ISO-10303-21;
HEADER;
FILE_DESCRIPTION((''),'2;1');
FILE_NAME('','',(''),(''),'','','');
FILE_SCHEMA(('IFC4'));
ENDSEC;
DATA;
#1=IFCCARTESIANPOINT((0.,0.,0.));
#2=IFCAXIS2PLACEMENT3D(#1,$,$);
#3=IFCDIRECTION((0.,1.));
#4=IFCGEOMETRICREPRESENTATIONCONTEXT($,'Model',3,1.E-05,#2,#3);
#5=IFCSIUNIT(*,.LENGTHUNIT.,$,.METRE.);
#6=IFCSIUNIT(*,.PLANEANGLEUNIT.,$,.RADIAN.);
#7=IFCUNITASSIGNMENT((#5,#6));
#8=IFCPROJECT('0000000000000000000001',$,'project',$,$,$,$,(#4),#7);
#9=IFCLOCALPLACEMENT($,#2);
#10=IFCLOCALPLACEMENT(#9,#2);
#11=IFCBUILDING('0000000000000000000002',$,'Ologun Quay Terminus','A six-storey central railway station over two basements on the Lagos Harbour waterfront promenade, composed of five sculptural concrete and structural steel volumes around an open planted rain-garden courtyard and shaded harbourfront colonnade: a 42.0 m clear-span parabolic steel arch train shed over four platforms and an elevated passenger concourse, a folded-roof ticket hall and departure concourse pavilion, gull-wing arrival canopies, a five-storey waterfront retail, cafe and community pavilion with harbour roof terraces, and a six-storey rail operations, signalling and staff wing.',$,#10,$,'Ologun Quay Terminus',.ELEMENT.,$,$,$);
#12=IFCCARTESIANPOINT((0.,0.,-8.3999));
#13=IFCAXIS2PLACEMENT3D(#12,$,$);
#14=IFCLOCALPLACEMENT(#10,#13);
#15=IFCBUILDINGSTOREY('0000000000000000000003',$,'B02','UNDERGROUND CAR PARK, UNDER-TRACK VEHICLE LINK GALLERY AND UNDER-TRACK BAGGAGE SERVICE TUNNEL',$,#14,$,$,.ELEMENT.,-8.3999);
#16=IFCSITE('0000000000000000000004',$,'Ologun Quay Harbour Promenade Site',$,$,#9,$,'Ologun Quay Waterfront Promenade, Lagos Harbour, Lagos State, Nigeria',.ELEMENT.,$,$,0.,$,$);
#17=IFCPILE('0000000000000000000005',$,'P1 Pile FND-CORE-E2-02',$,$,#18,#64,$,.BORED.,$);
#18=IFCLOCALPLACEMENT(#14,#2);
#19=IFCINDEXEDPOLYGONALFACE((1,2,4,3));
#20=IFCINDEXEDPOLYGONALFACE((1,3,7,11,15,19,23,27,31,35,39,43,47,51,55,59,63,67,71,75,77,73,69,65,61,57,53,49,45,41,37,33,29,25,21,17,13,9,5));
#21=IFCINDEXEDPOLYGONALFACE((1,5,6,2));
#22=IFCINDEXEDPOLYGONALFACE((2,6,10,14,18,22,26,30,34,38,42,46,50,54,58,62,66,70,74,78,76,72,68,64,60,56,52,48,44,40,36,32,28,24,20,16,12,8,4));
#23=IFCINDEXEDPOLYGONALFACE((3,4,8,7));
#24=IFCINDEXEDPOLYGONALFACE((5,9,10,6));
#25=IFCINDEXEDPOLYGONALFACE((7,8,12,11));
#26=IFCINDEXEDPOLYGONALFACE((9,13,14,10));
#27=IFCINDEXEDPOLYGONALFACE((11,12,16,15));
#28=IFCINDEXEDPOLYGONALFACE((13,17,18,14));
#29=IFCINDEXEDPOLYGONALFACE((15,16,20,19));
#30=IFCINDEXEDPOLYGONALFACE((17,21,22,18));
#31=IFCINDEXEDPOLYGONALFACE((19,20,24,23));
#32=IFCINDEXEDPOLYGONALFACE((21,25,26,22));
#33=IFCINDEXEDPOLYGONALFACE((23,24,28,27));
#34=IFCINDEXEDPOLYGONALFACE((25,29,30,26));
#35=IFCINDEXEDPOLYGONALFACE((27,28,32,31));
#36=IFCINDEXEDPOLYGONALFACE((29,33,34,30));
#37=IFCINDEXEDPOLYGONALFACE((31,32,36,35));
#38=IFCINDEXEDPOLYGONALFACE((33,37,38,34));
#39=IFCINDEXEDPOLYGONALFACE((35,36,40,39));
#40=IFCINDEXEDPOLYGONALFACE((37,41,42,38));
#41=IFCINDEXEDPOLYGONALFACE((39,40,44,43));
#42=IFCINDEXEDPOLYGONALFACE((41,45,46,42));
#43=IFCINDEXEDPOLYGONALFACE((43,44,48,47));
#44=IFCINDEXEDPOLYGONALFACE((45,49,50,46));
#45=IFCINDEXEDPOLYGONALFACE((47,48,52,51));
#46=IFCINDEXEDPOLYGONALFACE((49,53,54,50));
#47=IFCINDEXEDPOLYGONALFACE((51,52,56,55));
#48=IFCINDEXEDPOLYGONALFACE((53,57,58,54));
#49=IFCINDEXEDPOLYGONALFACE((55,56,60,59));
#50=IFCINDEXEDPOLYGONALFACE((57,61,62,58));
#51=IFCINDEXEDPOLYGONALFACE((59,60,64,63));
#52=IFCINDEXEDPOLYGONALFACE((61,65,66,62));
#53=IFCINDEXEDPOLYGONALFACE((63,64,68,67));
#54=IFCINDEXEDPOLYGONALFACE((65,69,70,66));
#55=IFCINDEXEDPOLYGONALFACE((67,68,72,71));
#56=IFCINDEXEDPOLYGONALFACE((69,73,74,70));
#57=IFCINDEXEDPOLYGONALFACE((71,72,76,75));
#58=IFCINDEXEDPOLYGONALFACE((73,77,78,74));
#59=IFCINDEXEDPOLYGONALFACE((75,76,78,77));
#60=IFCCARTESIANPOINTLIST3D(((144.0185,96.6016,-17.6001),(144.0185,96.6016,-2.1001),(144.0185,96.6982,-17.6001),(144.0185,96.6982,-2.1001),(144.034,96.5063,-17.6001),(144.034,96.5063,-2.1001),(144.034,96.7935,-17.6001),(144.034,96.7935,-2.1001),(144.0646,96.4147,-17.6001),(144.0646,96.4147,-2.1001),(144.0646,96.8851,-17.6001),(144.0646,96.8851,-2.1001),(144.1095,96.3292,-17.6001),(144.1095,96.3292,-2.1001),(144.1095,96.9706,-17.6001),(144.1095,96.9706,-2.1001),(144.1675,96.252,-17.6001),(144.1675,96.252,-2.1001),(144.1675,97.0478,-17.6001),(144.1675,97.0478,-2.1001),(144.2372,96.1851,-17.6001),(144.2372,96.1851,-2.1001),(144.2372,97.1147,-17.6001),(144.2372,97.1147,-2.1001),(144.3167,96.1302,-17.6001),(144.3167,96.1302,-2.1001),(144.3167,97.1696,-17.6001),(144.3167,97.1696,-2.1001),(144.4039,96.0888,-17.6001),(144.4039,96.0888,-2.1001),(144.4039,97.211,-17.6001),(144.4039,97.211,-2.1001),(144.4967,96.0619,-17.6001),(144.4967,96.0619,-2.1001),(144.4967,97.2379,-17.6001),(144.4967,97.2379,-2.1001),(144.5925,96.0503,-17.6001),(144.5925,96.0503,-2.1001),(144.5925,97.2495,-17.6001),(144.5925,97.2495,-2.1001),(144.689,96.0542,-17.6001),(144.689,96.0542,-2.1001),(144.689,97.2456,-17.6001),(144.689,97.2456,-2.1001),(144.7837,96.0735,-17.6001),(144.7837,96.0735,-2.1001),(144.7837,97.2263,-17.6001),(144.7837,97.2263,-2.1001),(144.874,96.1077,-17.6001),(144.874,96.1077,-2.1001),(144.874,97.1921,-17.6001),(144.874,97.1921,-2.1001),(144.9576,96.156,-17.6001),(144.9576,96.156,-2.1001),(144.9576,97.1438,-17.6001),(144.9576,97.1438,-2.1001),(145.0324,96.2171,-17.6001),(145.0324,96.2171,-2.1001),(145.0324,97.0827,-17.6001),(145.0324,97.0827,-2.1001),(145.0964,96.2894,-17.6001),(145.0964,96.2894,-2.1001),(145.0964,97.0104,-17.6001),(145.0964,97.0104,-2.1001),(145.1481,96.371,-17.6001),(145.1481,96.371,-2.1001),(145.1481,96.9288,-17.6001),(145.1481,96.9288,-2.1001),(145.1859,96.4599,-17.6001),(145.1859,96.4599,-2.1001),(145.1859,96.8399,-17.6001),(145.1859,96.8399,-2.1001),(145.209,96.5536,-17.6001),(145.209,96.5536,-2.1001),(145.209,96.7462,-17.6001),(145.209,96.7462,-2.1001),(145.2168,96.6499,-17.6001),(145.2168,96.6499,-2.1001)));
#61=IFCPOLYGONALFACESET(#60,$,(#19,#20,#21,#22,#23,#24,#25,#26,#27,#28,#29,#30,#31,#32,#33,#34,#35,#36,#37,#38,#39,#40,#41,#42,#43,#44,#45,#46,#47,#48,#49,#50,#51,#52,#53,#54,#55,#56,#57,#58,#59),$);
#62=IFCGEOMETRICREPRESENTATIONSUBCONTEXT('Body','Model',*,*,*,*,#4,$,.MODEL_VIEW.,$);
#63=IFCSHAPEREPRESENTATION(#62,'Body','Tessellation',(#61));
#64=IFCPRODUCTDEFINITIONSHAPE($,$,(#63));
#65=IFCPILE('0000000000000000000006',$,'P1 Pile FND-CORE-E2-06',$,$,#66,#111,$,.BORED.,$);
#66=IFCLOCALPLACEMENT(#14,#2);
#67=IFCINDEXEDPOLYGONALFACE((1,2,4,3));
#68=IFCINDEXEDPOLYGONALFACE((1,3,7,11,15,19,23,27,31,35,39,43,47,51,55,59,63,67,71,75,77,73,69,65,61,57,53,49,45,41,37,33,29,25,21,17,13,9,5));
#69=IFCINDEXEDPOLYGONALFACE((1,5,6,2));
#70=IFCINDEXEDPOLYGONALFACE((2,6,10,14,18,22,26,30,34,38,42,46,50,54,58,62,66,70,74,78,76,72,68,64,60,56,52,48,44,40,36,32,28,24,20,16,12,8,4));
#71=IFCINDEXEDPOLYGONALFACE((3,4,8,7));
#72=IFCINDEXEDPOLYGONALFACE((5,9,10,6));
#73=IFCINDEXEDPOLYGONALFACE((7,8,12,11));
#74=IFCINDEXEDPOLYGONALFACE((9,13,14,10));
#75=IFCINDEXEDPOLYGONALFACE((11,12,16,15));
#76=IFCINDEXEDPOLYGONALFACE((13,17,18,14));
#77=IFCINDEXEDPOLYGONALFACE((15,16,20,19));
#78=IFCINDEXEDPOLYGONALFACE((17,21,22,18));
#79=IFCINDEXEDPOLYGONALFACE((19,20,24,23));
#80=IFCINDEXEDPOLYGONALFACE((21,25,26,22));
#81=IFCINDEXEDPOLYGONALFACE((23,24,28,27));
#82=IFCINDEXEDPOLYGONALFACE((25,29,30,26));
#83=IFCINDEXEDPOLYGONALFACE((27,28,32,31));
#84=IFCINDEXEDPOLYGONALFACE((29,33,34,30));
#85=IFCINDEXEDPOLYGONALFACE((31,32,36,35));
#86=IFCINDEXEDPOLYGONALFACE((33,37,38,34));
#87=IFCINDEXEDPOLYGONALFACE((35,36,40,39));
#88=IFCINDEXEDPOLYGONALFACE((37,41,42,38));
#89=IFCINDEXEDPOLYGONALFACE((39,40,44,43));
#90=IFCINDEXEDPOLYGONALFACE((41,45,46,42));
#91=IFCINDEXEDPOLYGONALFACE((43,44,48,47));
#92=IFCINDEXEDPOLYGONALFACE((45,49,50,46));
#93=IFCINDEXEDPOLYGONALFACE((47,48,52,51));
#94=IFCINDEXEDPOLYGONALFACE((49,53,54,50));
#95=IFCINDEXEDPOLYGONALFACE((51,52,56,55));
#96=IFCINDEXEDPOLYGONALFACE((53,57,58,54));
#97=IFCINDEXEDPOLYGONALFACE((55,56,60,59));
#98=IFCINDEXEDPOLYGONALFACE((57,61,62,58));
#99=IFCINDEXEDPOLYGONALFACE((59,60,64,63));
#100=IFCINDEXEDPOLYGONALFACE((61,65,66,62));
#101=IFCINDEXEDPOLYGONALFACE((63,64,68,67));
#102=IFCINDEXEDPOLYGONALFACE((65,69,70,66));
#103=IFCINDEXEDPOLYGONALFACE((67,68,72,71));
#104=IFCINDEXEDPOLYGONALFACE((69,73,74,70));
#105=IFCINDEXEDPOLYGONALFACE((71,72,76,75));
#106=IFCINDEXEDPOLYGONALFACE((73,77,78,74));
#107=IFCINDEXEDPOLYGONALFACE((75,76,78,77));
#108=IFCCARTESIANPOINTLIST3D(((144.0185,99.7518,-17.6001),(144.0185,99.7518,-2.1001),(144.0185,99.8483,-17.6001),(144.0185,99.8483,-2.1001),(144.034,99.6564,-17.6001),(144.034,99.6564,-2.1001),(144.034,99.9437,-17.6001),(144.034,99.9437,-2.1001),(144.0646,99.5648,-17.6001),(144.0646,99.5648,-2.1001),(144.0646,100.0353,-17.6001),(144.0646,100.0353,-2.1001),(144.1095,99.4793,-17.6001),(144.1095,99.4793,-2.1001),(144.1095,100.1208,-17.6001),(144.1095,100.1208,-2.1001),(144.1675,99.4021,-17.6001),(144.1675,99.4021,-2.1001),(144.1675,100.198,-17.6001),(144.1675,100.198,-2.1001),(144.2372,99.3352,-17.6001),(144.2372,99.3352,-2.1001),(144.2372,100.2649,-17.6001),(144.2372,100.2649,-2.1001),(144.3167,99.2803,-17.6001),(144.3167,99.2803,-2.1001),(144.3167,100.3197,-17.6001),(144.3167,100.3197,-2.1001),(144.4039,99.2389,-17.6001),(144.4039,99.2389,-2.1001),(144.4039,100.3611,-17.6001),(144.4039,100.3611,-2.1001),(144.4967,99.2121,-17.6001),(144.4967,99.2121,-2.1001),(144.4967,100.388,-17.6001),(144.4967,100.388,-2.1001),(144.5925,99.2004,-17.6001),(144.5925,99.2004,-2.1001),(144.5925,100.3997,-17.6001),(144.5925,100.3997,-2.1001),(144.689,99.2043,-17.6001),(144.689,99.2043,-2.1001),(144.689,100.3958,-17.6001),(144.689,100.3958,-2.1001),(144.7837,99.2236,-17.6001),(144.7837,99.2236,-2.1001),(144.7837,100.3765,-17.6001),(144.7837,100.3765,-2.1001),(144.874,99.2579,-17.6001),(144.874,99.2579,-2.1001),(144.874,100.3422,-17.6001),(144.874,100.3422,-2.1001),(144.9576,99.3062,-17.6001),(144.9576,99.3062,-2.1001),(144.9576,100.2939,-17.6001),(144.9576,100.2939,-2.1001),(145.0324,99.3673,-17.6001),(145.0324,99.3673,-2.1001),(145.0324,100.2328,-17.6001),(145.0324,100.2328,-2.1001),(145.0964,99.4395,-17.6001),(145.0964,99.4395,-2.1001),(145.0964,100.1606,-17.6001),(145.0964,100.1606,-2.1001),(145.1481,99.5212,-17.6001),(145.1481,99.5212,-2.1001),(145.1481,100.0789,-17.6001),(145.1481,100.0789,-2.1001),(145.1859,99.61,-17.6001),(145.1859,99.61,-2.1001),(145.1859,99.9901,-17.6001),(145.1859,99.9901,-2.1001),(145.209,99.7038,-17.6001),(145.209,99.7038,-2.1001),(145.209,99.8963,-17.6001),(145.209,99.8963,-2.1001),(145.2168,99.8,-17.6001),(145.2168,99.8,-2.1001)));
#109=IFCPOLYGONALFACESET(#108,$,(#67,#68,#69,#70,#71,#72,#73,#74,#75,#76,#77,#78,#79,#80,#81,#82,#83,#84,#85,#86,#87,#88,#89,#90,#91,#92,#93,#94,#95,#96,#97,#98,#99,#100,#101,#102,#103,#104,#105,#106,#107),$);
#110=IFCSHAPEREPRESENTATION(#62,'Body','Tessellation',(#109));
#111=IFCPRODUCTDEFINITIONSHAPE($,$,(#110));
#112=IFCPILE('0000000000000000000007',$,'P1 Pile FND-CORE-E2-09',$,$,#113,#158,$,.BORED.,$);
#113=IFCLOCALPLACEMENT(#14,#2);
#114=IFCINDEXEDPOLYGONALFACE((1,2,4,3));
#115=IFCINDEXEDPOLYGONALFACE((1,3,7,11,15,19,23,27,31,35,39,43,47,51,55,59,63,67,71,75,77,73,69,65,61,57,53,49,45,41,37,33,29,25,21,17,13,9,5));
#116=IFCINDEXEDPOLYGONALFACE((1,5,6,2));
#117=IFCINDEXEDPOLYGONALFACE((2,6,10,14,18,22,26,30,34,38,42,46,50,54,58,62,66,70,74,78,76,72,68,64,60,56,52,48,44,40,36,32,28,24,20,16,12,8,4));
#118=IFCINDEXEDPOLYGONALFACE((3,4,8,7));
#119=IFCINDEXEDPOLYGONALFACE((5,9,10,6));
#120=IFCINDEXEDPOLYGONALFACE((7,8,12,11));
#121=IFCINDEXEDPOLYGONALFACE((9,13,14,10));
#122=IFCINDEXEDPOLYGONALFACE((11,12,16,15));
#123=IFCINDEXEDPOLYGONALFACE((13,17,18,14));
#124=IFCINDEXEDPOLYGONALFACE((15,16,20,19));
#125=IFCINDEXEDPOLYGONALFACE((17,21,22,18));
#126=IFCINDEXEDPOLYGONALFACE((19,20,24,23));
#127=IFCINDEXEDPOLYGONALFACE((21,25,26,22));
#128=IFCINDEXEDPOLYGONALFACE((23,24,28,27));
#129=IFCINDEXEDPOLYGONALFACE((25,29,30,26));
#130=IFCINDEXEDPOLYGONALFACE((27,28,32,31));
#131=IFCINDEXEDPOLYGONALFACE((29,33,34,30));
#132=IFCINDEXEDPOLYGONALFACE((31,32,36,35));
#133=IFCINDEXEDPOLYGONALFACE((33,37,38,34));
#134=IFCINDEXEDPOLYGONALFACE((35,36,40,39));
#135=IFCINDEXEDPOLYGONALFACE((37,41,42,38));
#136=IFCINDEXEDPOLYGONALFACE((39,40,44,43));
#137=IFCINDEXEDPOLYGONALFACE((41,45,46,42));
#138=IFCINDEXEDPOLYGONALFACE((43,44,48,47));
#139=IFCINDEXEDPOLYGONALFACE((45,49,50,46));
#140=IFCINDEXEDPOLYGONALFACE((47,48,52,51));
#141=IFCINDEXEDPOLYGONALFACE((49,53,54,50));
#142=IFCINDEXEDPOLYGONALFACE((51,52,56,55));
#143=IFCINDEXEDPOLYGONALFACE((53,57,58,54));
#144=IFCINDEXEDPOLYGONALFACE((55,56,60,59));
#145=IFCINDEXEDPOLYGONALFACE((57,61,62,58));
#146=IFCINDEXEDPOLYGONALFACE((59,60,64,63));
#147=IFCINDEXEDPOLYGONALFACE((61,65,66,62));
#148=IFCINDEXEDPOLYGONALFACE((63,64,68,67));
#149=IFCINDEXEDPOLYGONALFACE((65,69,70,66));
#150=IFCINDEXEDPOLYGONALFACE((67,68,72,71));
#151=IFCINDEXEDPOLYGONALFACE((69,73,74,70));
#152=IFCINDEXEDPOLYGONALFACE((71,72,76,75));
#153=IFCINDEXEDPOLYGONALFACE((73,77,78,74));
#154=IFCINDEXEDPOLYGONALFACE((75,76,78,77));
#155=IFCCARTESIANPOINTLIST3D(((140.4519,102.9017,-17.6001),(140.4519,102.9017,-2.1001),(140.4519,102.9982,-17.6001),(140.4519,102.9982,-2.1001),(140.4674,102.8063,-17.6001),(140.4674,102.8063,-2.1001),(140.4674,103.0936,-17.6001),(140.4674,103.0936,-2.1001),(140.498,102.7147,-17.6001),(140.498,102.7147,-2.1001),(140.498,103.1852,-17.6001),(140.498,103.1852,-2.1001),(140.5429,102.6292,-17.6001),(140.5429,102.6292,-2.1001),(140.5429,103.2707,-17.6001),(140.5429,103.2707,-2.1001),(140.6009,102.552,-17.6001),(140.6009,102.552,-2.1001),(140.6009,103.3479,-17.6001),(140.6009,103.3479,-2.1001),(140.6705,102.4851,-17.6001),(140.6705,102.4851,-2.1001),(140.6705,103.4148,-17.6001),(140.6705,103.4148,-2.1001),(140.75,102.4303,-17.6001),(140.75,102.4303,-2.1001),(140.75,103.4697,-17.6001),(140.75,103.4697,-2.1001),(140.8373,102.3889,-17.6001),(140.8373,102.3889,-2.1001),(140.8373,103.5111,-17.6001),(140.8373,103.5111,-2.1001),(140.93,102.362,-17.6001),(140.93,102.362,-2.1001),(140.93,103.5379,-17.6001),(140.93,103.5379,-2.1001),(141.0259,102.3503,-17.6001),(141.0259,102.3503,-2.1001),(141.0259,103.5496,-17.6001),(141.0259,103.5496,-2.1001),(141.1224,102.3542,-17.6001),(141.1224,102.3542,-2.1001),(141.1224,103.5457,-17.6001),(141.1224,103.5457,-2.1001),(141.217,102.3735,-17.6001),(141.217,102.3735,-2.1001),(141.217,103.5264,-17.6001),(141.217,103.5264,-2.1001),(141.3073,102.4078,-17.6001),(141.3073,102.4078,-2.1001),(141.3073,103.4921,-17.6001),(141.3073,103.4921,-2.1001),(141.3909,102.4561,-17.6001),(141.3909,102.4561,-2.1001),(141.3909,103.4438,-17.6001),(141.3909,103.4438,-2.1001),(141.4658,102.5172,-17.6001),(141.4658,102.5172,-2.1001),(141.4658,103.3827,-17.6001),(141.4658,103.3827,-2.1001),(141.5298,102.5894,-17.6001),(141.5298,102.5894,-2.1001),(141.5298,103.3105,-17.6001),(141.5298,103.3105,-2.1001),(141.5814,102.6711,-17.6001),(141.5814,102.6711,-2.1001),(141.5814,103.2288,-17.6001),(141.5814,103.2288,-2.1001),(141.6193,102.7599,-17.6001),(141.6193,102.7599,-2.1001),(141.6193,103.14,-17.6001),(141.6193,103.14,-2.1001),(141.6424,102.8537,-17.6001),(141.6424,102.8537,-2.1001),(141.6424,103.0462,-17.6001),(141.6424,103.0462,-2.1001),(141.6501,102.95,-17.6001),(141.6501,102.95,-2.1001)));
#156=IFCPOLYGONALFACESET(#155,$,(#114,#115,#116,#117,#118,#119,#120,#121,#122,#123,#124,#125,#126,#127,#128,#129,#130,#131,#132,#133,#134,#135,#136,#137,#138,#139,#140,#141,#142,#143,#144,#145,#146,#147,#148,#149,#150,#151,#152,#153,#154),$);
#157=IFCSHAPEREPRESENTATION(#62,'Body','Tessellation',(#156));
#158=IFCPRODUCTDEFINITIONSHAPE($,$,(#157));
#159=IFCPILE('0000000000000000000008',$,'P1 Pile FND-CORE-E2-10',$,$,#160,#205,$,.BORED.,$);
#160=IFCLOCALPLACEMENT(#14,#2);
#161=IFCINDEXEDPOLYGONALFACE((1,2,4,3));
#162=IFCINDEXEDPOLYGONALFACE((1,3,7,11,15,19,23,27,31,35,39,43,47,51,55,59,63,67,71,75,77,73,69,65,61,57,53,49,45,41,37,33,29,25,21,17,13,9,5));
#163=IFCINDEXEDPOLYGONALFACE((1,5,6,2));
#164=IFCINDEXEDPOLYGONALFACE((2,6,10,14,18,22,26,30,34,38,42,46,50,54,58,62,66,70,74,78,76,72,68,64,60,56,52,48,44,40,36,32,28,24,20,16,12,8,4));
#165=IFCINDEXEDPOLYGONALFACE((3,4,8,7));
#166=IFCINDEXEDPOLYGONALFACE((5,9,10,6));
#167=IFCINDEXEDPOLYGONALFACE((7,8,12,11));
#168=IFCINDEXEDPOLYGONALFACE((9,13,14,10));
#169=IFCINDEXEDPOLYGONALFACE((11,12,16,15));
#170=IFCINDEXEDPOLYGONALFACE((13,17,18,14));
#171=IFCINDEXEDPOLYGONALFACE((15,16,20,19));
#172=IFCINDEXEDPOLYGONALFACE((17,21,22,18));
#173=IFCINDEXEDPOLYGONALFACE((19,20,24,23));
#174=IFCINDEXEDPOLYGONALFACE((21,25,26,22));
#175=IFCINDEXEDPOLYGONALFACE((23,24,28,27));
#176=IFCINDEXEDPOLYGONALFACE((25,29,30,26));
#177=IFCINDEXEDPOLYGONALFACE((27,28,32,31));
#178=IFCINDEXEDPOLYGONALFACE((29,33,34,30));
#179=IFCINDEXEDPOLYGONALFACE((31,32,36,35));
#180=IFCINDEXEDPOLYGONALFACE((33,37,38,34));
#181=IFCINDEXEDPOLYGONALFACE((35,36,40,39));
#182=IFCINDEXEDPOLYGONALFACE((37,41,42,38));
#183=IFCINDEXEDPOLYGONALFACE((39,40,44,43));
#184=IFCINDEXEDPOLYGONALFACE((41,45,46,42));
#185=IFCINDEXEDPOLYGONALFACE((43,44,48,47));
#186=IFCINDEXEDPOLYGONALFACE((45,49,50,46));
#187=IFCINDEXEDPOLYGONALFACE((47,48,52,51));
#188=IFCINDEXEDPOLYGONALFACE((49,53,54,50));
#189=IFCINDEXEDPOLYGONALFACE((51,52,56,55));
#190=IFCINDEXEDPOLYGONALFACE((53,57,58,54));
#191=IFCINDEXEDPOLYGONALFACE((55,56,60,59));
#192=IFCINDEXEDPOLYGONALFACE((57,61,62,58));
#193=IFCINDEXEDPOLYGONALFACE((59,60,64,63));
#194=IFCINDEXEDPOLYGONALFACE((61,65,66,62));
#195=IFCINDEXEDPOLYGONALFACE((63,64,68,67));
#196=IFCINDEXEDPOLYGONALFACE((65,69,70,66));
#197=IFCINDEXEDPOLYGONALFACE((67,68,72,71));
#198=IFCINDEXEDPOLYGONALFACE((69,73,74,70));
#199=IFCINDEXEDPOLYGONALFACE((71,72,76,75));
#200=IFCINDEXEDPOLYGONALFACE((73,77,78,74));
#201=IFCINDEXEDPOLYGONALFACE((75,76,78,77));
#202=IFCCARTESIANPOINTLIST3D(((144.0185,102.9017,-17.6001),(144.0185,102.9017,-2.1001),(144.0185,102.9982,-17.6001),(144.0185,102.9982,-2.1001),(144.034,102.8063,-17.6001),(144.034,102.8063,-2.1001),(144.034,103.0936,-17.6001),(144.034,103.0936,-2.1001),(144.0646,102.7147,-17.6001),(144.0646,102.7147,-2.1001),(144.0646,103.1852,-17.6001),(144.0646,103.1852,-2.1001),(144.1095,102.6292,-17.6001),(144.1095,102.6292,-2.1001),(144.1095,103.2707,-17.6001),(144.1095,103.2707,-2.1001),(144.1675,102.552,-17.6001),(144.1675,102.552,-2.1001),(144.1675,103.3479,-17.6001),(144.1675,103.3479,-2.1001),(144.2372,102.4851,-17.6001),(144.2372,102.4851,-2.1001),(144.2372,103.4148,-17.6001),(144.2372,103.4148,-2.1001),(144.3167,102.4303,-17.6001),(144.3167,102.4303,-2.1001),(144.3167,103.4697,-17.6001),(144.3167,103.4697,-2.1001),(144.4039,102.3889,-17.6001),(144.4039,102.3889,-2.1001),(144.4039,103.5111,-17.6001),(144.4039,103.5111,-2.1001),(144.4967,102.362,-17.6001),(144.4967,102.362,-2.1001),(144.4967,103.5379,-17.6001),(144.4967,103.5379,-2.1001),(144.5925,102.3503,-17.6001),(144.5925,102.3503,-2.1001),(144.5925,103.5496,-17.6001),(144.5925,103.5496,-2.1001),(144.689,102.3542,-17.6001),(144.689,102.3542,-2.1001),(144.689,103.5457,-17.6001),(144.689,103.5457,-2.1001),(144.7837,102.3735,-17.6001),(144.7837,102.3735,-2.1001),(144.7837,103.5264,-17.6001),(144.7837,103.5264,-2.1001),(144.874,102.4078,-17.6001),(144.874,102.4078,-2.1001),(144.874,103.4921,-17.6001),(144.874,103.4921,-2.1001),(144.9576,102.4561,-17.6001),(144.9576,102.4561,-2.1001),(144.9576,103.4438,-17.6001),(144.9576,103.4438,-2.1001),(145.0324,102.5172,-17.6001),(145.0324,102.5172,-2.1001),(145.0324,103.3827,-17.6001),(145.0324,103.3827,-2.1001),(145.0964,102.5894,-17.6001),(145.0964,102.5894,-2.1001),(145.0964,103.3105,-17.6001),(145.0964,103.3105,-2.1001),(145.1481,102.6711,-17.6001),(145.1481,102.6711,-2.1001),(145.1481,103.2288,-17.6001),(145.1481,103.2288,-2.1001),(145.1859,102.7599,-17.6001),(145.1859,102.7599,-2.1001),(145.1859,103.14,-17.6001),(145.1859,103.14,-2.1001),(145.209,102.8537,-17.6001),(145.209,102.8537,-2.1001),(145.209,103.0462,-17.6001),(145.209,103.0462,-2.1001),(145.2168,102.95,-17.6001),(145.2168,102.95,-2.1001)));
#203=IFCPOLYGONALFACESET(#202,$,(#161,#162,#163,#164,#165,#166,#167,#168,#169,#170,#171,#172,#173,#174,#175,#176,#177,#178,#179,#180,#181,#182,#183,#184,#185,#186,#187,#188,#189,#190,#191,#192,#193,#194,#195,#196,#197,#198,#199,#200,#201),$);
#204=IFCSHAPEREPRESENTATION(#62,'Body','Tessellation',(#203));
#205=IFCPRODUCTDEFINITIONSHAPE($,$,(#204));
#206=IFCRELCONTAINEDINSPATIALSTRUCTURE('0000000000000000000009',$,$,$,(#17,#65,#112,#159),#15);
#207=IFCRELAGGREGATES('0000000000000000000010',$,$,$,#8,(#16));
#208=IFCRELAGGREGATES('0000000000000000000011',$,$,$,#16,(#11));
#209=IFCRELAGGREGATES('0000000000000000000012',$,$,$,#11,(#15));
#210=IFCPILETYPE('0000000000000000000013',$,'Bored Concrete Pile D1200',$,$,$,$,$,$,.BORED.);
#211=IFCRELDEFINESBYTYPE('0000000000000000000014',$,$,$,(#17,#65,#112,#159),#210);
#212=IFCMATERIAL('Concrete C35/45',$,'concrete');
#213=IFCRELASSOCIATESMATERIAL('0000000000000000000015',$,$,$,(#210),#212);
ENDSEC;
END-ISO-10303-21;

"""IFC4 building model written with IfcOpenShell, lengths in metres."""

from ifc_helpers import new_model, si_unit, direction, frame, origin, origin_2d, place, context, subcontext, project, spatial, circle, extrude, material, material_profile, profile_set, type_object, element, save


model = new_model("IFC4")

# Units and contexts
model_context = context("Model", 3, precision=1e-05, world=origin(), true_north=direction((0.0, 1.0)))
body_context = subcontext(model_context, "Body", "Model", "MODEL_VIEW")
ifc_project = project(units=[si_unit("LENGTHUNIT", "METRE"), si_unit("PLANEANGLEUNIT", "RADIAN")], contexts=[model_context])

# Site, building, storey
site_placement = place(None, origin())
site = spatial("IfcSite", under=ifc_project, at=site_placement, Name="Ologun Quay Harbour Promenade Site", LongName="Ologun Quay Waterfront Promenade, Lagos Harbour, Lagos State, Nigeria", CompositionType="ELEMENT", RefElevation=0.0)
building_placement = place(site_placement, origin())
building = spatial("IfcBuilding", under=site, at=building_placement, Name="Ologun Quay Terminus", Description="A six-storey central railway station over two basements on the Lagos Harbour waterfront promenade, composed of five sculptural concrete and structural steel volumes around an open planted rain-garden courtyard and shaded harbourfront colonnade: a 42.0 m clear-span parabolic steel arch train shed over four platforms and an elevated passenger concourse, a folded-roof ticket hall and departure concourse pavilion, gull-wing arrival canopies, a five-storey waterfront retail, cafe and community pavilion with harbour roof terraces, and a six-storey rail operations, signalling and staff wing.", LongName="Ologun Quay Terminus", CompositionType="ELEMENT")
storey_placement = place(building_placement, frame((0.0, 0.0, -8.3999)))
storey = spatial("IfcBuildingStorey", under=building, at=storey_placement, Name="B02", Description="UNDERGROUND CAR PARK, UNDER-TRACK VEHICLE LINK GALLERY AND UNDER-TRACK BAGGAGE SERVICE TUNNEL", CompositionType="ELEMENT", Elevation=-8.3999)

# Piles
ifc_material_1 = material(Name="Concrete C35/45", Category="concrete")
ifc_material_profile = material_profile(ifc_material_1, circle(Radius=0.6001, at=origin_2d()), Name="PILE D1200")
ifc_profile_set = profile_set([ifc_material_profile], Name="Concrete C35/45")
pile_type = type_object("IfcPileType", Name="Bored Concrete Pile D1200", PredefinedType="BORED", material=ifc_profile_set)
for number, where, z_axis, x_axis, name in (
    (1, (144.6167, 96.6499, -2.1001), (0.0, 0.0, -1.0), (1.0, 0.0, 0.0), "P1 Pile FND-CORE-E2-02"),
    (2, (144.6167, 99.8, -2.1001), (0.0, 0.0, -1.0), (1.0, 0.0, 0.0), "P1 Pile FND-CORE-E2-06"),
    (3, (141.05, 102.95, -2.1001), (0.0, 0.0, -1.0), (1.0, 0.0, 0.0), "P1 Pile FND-CORE-E2-09"),
    (4, (144.6167, 102.95, -2.1001), (0.0, 0.0, -1.0), (1.0, 0.0, 0.0), "P1 Pile FND-CORE-E2-10"),
):
    element("IfcPile", number, at=place(storey_placement, frame(where, z_axis=z_axis, x_axis=x_axis)), inside=storey, type_object=pile_type, Name=name, PredefinedType="BORED", context=body_context, shape_type="SweptSolid", body=[
        extrude(circle(Radius=0.6001, at=origin_2d()), origin(), (0.0, 0.0, 1.0), 15.5),
    ])

save(model, "model.ifc")
